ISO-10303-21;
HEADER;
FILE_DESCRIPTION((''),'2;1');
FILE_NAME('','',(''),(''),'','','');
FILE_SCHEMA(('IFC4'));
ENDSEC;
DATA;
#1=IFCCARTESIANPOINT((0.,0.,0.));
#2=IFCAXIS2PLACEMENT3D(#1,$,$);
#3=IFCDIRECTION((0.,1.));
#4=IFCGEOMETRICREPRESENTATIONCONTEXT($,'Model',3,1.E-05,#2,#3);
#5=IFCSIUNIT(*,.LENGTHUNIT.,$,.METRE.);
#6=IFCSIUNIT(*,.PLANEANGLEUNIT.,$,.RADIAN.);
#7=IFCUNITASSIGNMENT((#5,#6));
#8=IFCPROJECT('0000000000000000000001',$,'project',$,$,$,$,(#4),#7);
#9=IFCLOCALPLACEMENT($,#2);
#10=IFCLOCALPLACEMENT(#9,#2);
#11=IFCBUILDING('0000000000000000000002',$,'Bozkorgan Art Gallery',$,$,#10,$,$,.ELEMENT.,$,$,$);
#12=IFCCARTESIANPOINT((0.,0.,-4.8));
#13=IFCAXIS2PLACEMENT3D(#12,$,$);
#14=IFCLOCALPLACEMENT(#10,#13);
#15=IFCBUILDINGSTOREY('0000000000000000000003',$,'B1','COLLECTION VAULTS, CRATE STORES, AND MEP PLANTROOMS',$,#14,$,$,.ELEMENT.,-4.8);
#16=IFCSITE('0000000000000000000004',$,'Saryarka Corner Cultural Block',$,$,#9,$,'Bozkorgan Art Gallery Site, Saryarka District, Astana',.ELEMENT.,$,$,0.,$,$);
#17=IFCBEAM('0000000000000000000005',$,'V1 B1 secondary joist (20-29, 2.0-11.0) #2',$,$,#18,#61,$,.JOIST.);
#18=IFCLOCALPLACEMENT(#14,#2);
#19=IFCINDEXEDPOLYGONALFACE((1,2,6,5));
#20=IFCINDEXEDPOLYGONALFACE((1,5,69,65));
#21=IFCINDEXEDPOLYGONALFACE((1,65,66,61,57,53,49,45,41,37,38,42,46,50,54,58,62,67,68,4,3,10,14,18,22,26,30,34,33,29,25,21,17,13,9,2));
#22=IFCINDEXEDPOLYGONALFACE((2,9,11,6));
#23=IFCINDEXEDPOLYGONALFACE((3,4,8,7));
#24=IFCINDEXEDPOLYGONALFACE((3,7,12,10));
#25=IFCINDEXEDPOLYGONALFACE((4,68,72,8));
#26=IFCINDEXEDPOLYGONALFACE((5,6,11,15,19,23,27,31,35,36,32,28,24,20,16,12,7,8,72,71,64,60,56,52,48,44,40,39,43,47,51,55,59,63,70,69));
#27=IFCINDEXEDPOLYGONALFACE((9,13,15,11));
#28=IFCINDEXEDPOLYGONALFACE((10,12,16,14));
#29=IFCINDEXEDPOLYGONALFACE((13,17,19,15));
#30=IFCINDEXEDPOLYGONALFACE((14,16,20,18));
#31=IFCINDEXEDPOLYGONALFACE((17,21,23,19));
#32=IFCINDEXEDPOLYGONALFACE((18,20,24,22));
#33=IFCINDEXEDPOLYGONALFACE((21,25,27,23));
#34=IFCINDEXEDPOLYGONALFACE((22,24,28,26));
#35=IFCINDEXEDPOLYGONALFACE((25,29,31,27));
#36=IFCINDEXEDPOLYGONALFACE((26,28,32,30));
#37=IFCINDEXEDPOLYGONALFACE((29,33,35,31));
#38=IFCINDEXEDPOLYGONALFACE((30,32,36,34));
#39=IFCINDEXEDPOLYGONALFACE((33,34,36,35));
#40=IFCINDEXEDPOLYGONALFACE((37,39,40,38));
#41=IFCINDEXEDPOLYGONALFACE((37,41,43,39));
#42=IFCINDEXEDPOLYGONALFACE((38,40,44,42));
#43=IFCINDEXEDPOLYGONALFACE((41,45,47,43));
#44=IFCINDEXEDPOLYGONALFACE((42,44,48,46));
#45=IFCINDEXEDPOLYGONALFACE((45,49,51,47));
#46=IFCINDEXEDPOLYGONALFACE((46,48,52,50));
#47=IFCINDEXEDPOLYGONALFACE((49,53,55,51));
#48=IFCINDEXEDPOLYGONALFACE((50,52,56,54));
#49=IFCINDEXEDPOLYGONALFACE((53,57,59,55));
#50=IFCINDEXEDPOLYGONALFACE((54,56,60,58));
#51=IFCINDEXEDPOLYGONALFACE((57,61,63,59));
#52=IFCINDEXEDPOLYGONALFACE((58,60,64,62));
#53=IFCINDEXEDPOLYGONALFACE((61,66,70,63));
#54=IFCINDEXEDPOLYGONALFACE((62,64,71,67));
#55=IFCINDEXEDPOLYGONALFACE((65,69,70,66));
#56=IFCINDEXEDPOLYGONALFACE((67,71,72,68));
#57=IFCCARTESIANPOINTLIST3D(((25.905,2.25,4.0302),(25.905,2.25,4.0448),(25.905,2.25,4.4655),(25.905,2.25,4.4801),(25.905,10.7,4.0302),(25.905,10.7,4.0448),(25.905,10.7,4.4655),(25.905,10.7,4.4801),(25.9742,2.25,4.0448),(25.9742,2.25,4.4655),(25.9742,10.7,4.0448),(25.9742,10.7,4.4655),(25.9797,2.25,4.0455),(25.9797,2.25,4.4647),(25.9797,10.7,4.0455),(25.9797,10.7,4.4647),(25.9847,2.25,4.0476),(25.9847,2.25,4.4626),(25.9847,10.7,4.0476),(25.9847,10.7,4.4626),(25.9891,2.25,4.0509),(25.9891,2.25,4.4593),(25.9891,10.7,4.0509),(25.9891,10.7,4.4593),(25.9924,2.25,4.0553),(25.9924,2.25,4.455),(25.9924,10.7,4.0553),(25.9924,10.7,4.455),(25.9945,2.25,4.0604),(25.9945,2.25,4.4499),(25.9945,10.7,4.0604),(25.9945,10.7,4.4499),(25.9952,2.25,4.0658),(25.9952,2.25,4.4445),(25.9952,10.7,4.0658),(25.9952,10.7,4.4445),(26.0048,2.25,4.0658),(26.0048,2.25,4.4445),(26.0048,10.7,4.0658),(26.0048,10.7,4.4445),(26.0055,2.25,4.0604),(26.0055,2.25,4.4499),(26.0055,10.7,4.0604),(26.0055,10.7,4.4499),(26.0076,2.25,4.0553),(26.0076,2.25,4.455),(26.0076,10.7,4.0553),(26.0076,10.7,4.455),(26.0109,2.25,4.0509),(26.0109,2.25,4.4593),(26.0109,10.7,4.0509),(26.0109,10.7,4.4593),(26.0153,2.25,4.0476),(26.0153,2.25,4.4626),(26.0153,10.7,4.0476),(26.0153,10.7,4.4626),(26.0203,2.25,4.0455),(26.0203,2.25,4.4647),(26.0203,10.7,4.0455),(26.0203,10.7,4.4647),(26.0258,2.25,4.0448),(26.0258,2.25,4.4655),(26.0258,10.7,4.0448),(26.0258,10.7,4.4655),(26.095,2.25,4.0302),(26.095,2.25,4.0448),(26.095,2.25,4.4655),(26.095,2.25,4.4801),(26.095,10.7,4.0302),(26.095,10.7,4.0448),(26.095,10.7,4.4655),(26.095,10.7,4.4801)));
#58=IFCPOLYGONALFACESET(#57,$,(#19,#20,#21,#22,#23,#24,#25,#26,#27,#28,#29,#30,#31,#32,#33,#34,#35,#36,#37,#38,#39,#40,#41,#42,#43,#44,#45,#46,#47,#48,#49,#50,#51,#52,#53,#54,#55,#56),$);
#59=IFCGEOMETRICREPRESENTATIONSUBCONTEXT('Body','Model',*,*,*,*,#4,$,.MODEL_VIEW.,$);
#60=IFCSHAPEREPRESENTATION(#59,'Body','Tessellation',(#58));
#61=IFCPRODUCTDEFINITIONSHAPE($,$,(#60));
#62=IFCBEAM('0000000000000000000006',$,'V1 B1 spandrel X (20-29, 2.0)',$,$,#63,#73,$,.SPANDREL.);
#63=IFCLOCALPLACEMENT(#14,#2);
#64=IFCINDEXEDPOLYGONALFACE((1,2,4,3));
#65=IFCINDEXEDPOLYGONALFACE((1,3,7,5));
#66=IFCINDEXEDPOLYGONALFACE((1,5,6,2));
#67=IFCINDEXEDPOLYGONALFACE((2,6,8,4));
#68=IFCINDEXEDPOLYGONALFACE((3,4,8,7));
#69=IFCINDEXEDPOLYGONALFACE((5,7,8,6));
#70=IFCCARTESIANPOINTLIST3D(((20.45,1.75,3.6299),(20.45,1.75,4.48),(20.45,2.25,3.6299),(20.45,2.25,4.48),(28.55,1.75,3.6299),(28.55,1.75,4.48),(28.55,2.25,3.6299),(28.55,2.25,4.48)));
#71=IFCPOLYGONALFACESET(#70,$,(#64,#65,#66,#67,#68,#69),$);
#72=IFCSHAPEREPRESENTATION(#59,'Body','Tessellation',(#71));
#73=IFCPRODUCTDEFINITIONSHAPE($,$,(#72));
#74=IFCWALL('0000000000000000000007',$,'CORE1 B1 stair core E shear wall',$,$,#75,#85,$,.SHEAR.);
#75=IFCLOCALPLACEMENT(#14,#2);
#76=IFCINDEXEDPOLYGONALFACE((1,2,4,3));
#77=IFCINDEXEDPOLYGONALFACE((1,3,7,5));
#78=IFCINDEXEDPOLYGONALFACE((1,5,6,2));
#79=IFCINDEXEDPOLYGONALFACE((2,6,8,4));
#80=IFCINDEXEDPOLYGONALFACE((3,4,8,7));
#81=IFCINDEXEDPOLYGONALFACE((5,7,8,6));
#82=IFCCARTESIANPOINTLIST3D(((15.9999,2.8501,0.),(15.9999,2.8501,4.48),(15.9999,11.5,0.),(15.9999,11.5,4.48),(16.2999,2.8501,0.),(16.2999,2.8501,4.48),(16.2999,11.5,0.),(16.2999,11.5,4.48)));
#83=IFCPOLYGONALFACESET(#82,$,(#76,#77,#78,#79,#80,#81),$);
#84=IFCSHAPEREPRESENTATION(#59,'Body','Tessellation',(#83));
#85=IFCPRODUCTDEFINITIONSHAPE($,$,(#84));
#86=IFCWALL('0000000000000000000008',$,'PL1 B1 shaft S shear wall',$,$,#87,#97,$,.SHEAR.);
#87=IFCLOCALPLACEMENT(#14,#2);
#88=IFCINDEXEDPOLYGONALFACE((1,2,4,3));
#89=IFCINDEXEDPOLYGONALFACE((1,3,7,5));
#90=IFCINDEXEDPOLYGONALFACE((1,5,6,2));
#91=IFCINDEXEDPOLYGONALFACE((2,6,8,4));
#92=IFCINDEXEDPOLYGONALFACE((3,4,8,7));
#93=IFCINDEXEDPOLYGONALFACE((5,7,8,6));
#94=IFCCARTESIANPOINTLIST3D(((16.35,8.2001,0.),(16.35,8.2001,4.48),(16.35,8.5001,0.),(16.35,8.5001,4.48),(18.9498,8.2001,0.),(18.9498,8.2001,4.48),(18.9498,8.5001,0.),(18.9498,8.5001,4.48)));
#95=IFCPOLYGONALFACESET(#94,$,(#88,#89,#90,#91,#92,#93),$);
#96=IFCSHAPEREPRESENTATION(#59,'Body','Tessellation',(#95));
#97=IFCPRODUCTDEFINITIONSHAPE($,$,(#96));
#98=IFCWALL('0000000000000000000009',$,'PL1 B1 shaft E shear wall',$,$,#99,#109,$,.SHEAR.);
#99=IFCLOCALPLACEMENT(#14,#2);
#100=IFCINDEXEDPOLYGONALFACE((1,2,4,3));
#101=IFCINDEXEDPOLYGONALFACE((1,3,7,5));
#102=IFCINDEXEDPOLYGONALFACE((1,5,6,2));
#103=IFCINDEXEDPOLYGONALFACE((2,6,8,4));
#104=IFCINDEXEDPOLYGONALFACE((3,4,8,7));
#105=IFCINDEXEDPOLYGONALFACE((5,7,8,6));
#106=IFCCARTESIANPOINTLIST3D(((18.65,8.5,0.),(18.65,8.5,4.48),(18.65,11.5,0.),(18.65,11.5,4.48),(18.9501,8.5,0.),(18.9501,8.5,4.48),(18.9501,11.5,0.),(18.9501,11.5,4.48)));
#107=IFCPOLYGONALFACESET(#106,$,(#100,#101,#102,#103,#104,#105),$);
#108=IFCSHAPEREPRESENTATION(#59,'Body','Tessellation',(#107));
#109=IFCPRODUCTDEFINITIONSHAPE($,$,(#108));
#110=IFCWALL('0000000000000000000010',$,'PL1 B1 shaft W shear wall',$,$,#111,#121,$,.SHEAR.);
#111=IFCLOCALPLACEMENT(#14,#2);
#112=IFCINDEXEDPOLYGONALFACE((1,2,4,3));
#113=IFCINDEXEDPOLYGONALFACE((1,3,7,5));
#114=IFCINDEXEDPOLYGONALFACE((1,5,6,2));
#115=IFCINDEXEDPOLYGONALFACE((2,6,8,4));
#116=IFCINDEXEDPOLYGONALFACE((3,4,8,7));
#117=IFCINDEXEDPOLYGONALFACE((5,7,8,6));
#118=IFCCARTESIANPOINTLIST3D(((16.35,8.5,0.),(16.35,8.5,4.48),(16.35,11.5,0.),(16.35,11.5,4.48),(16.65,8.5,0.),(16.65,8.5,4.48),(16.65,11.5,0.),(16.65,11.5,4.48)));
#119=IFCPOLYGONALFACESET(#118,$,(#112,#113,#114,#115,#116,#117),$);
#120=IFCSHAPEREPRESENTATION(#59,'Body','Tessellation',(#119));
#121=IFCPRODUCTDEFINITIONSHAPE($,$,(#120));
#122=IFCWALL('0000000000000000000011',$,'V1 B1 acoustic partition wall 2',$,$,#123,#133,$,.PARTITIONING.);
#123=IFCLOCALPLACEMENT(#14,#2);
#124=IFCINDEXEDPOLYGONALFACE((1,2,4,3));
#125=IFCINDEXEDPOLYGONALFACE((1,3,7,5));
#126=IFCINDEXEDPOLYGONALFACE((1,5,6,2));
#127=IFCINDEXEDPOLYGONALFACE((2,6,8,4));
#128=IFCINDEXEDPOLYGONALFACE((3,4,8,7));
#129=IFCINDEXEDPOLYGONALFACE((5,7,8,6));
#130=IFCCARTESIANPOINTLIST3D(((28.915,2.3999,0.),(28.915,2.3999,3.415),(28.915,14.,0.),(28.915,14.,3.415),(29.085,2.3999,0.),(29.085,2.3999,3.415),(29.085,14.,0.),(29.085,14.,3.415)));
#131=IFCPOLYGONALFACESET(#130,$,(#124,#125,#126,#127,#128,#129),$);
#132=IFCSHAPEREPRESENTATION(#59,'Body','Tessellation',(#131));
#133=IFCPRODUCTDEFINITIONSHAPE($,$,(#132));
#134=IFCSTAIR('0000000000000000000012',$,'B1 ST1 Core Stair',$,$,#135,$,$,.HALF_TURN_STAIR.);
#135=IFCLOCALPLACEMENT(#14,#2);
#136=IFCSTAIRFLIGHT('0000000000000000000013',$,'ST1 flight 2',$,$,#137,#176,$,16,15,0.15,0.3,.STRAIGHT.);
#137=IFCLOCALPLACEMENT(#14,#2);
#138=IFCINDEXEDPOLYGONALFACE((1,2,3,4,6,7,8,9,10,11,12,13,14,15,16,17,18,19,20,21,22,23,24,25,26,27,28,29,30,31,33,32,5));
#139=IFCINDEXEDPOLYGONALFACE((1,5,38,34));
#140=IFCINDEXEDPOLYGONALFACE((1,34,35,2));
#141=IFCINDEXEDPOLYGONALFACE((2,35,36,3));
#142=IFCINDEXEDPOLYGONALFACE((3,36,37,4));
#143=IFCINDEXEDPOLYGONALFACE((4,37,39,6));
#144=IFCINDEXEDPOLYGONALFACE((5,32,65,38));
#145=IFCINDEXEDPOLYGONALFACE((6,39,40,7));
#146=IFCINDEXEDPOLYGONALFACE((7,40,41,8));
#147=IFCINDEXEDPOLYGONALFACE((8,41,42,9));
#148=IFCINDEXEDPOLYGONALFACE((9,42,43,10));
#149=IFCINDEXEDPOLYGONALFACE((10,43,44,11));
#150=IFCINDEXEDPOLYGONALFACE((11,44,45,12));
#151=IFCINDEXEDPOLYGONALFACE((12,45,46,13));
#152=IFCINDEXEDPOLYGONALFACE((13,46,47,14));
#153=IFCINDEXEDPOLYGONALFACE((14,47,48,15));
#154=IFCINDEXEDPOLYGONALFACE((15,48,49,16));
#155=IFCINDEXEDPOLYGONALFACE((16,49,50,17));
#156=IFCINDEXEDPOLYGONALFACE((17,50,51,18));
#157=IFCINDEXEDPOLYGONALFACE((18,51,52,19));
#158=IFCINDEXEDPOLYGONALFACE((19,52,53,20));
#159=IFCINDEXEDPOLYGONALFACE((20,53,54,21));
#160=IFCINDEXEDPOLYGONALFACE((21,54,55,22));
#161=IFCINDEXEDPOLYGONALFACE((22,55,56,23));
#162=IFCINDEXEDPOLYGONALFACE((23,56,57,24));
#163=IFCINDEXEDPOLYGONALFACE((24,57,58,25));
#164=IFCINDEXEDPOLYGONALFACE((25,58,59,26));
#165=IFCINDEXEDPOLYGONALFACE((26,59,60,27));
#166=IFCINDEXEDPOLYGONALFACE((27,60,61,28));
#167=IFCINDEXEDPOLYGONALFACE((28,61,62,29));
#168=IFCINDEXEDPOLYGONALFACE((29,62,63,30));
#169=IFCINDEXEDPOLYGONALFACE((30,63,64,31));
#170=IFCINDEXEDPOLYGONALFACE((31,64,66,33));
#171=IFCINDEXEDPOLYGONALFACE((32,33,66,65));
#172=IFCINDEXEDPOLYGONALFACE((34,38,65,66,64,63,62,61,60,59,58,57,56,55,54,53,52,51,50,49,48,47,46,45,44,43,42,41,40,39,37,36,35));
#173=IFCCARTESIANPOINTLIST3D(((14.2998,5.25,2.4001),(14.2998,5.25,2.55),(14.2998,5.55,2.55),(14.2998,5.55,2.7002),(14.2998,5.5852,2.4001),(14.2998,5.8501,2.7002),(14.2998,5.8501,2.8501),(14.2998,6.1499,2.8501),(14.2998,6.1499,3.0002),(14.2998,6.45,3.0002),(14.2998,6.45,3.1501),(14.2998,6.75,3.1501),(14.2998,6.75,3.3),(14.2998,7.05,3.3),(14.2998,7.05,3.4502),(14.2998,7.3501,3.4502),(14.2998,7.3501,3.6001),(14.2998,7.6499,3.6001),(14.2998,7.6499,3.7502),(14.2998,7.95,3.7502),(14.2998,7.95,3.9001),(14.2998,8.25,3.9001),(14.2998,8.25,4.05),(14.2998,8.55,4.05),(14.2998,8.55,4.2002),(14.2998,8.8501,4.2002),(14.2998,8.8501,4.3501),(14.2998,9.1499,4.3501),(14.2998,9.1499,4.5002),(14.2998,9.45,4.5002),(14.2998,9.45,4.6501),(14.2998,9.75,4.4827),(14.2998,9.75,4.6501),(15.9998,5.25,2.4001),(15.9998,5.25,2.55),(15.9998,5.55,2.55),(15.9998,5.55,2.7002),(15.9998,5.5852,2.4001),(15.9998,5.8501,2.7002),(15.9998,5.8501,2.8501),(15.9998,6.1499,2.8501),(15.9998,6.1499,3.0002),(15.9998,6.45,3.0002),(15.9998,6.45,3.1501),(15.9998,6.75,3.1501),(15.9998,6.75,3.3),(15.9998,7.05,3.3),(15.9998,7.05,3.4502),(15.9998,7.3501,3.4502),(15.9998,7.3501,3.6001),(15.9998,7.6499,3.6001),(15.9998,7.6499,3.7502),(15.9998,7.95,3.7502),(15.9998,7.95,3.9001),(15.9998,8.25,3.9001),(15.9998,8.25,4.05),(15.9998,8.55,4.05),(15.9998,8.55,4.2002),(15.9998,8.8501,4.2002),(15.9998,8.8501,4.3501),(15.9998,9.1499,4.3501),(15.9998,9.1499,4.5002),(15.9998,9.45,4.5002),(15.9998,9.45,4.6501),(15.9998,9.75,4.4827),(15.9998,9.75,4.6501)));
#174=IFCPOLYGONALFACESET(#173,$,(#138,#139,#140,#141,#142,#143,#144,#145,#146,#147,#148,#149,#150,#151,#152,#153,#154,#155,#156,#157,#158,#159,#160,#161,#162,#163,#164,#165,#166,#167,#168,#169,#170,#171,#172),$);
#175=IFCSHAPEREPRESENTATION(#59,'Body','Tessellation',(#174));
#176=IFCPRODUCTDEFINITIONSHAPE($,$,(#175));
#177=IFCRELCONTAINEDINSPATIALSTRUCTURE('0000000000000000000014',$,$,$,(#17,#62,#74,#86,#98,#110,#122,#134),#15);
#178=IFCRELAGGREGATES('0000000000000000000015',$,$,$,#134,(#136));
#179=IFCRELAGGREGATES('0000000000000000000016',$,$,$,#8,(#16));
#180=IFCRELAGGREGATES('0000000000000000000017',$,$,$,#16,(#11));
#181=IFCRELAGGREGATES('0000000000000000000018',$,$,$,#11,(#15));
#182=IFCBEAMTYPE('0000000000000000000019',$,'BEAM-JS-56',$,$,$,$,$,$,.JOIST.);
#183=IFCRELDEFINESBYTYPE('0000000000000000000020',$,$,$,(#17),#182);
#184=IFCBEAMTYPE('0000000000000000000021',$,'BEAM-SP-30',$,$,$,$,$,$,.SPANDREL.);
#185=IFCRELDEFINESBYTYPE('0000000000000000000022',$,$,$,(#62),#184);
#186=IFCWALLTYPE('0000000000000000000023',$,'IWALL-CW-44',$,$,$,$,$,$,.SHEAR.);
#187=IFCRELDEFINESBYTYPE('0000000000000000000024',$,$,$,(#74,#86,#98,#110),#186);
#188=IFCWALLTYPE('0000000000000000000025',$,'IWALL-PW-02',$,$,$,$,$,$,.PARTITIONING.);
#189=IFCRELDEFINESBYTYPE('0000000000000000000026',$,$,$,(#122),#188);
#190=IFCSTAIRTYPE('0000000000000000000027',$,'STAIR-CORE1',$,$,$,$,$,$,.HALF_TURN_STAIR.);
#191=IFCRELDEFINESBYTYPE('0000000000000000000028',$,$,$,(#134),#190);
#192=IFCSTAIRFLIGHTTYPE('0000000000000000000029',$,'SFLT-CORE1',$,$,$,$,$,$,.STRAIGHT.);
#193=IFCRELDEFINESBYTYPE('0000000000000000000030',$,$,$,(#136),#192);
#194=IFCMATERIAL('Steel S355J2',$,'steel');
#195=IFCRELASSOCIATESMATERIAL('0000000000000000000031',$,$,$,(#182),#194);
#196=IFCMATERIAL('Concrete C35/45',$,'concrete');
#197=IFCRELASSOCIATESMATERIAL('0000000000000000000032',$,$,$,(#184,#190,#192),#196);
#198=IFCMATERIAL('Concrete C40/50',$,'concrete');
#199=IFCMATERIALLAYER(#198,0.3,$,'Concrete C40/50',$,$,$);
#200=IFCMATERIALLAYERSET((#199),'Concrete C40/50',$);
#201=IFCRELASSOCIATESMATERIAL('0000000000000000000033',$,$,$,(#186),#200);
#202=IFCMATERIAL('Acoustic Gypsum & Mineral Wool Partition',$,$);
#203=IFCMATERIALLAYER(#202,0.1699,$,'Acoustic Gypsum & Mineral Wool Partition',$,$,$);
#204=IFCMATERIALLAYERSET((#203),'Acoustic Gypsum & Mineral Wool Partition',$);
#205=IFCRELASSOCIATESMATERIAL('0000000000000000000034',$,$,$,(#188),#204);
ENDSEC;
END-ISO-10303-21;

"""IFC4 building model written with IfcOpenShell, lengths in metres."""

from ifc_helpers import new_model, si_unit, direction, frame, frame_2d, origin, origin_2d, place, context, subcontext, project, spatial, polyline, rectangle, i_section, outline, extrude, material, layer, layer_set, material_profile, profile_set, type_object, element, aggregate, save


model = new_model("IFC4")

# Units and contexts
model_context = context("Model", 3, precision=1e-05, world=origin(), true_north=direction((0.0, 1.0)))
body_context = subcontext(model_context, "Body", "Model", "MODEL_VIEW")
ifc_project = project(units=[si_unit("LENGTHUNIT", "METRE"), si_unit("PLANEANGLEUNIT", "RADIAN")], contexts=[model_context])

# Site, building, storey
site_placement = place(None, origin())
site = spatial("IfcSite", under=ifc_project, at=site_placement, Name="Saryarka Corner Cultural Block", LongName="Bozkorgan Art Gallery Site, Saryarka District, Astana", CompositionType="ELEMENT", RefElevation=0.0)
building_placement = place(site_placement, origin())
building = spatial("IfcBuilding", under=site, at=building_placement, Name="Bozkorgan Art Gallery", CompositionType="ELEMENT")
storey_placement = place(building_placement, frame((0.0, 0.0, -4.8)))
storey = spatial("IfcBuildingStorey", under=building, at=storey_placement, Name="B1", Description="COLLECTION VAULTS, CRATE STORES, AND MEP PLANTROOMS", CompositionType="ELEMENT", Elevation=-4.8)

# Shared definitions
ifc_material_1 = material(Name="Concrete C40/50", Category="concrete")

# Beams
ifc_material_2 = material(Name="Concrete C35/45", Category="concrete")
ifc_material_3 = material(Name="Steel S355J2", Category="steel")
ifc_material_profile_1 = material_profile(ifc_material_3, i_section(OverallWidth=0.1899, OverallDepth=0.45, WebThickness=0.0095, FlangeThickness=0.0146, FilletRadius=0.021, at=origin_2d()), Name="IPE 450")
ifc_profile_set_1 = profile_set([ifc_material_profile_1], Name="Steel S355J2")
beam_type_1 = type_object("IfcBeamType", Name="BEAM-JS-56", PredefinedType="JOIST", material=ifc_profile_set_1)
for number, where, z_axis, x_axis, name in (
    (1, (26.0, 2.25, 4.2551), (0.0, 1.0, 0.0), (-1.0, 0.0, 0.0), "V1 B1 secondary joist (20-29, 2.0-11.0) #2"),
):
    element("IfcBeam", number, at=place(storey_placement, frame(where, z_axis=z_axis, x_axis=x_axis)), inside=storey, type_object=beam_type_1, Name=name, PredefinedType="JOIST", context=body_context, shape_type="SweptSolid", body=[
        extrude(i_section(OverallWidth=0.1899, OverallDepth=0.45, WebThickness=0.0095, FlangeThickness=0.0146, FilletRadius=0.021, at=origin_2d()), origin(), (0.0, 0.0, 1.0), 8.45),
    ])
ifc_material_profile_2 = material_profile(ifc_material_2, rectangle(XDim=0.5, YDim=0.8501, at=origin_2d()), Name="RC 500x850")
ifc_profile_set_2 = profile_set([ifc_material_profile_2], Name="Concrete C35/45")
beam_type_2 = type_object("IfcBeamType", Name="BEAM-SP-30", PredefinedType="SPANDREL", material=ifc_profile_set_2)
beam_placement = place(storey_placement, frame((20.45, 2.0, 4.0549), z_axis=(1.0, 0.0, 0.0), x_axis=(0.0, 1.0, 0.0)))
element("IfcBeam", 2, at=beam_placement, inside=storey, type_object=beam_type_2, Name="V1 B1 spandrel X (20-29, 2.0)", PredefinedType="SPANDREL", context=body_context, shape_type="SweptSolid", body=[
    extrude(rectangle(XDim=0.5, YDim=0.8501, at=origin_2d()), origin(), (0.0, 0.0, 1.0), 8.1001),
])

# Walls
ifc_layer_1 = layer(ifc_material_1, 0.3, Name="Concrete C40/50")
ifc_layer_set_1 = layer_set([ifc_layer_1], Name="Concrete C40/50")
wall_type_1 = type_object("IfcWallType", Name="IWALL-CW-44", PredefinedType="SHEAR", material=ifc_layer_set_1)
wall_1_placement = place(storey_placement, frame((16.1499, 2.8501, 0.0), z_axis=(0.0, 0.0, 1.0), x_axis=(0.0, 1.0, 0.0)))
element("IfcWall", 3, at=wall_1_placement, inside=storey, type_object=wall_type_1, Name="CORE1 B1 stair core E shear wall", PredefinedType="SHEAR", context=body_context, shape_type="SweptSolid", body=[
    extrude(rectangle(XDim=8.6499, YDim=0.3, at=frame_2d((4.325, 0.0))), origin(), (0.0, 0.0, 1.0), 4.48),
])
wall_2_placement = place(storey_placement, frame((16.3501, 8.3501, 0.0), z_axis=(0.0, 0.0, 1.0), x_axis=(1.0, 0.0, 0.0)))
element("IfcWall", 4, at=wall_2_placement, inside=storey, type_object=wall_type_1, Name="PL1 B1 shaft S shear wall", PredefinedType="SHEAR", context=body_context, shape_type="SweptSolid", body=[
    extrude(rectangle(XDim=2.5999, YDim=0.3, at=frame_2d((1.2998, 0.0))), origin(), (0.0, 0.0, 1.0), 4.48),
])
for number, where, z_axis, x_axis, name in (
    (5, (18.8, 8.5, 0.0), (0.0, 0.0, 1.0), (0.0, 1.0, 0.0), "PL1 B1 shaft E shear wall"),
    (6, (16.5, 8.5, 0.0), (0.0, 0.0, 1.0), (0.0, 1.0, 0.0), "PL1 B1 shaft W shear wall"),
):
    element("IfcWall", number, at=place(storey_placement, frame(where, z_axis=z_axis, x_axis=x_axis)), inside=storey, type_object=wall_type_1, Name=name, PredefinedType="SHEAR", context=body_context, shape_type="SweptSolid", body=[
        extrude(rectangle(XDim=3.0, YDim=0.3, at=frame_2d((1.5, 0.0))), origin(), (0.0, 0.0, 1.0), 4.48),
    ])
ifc_material_4 = material(Name="Acoustic Gypsum & Mineral Wool Partition")
ifc_layer_2 = layer(ifc_material_4, 0.1699, Name="Acoustic Gypsum & Mineral Wool Partition")
ifc_layer_set_2 = layer_set([ifc_layer_2], Name="Acoustic Gypsum & Mineral Wool Partition")
wall_type_2 = type_object("IfcWallType", Name="IWALL-PW-02", PredefinedType="PARTITIONING", material=ifc_layer_set_2)
wall_3_placement = place(storey_placement, frame((29.0, 2.3999, 0.0), z_axis=(0.0, 0.0, 1.0), x_axis=(0.0, 1.0, 0.0)))
element("IfcWall", 7, at=wall_3_placement, inside=storey, type_object=wall_type_2, Name="V1 B1 acoustic partition wall 2", PredefinedType="PARTITIONING", context=body_context, shape_type="SweptSolid", body=[
    extrude(rectangle(XDim=11.6001, YDim=0.1699, at=frame_2d((5.8, 0.0))), origin(), (0.0, 0.0, 1.0), 3.415),
])

# Stair, stair flight
stair_type = type_object("IfcStairType", Name="STAIR-CORE1", PredefinedType="HALF_TURN_STAIR", material=ifc_material_2)
stair_placement = place(storey_placement, origin())
stair = element("IfcStair", 8, at=stair_placement, inside=storey, type_object=stair_type, Name="B1 ST1 Core Stair", PredefinedType="HALF_TURN_STAIR")
stair_flight_type = type_object("IfcStairFlightType", Name="SFLT-CORE1", PredefinedType="STRAIGHT", material=ifc_material_2)
stair_flight_placement = place(storey_placement, frame((15.1499, 5.25, 2.4001), z_axis=(0.0, 0.0, 1.0), x_axis=(0.0, 1.0, 0.0)))
stair_flight = element("IfcStairFlight", 9, at=stair_flight_placement, type_object=stair_flight_type, Name="ST1 flight 2", NumberOfRisers=16, NumberOfTreads=15, PredefinedType="STRAIGHT", RiserHeight=0.15, TreadLength=0.3, context=body_context, shape_type="SweptSolid", body=[
    extrude(outline(polyline([(0.0, 0.0), (0.0, 0.1499), (0.3, 0.1499), (0.3, 0.3), (0.6001, 0.3), (0.6001, 0.45), (0.8999, 0.45), (0.8999, 0.6001), (1.2, 0.6001), (1.2, 0.75), (1.5, 0.75), (1.5, 0.8999), (1.8, 0.8999), (1.8, 1.05), (2.1001, 1.05), (2.1001, 1.2), (2.3999, 1.2), (2.3999, 1.3501), (2.7, 1.3501), (2.7, 1.5), (3.0, 1.5), (3.0, 1.6499), (3.3, 1.6499), (3.3, 1.8), (3.6001, 1.8), (3.6001, 1.95), (3.8999, 1.95), (3.8999, 2.1001), (4.2, 2.1001), (4.2, 2.25), (4.5, 2.25), (4.5, 2.3999), (4.5, 2.0825), (0.3352, 0.0), (0.0, 0.0)])), frame((0.0, 0.8501, 0.0), z_axis=(0.0, -1.0, 0.0), x_axis=(1.0, 0.0, 0.0)), (0.0, 0.0, 1.0), 1.7),
])
aggregate(stair, [stair_flight])

save(model, "model.ifc")
